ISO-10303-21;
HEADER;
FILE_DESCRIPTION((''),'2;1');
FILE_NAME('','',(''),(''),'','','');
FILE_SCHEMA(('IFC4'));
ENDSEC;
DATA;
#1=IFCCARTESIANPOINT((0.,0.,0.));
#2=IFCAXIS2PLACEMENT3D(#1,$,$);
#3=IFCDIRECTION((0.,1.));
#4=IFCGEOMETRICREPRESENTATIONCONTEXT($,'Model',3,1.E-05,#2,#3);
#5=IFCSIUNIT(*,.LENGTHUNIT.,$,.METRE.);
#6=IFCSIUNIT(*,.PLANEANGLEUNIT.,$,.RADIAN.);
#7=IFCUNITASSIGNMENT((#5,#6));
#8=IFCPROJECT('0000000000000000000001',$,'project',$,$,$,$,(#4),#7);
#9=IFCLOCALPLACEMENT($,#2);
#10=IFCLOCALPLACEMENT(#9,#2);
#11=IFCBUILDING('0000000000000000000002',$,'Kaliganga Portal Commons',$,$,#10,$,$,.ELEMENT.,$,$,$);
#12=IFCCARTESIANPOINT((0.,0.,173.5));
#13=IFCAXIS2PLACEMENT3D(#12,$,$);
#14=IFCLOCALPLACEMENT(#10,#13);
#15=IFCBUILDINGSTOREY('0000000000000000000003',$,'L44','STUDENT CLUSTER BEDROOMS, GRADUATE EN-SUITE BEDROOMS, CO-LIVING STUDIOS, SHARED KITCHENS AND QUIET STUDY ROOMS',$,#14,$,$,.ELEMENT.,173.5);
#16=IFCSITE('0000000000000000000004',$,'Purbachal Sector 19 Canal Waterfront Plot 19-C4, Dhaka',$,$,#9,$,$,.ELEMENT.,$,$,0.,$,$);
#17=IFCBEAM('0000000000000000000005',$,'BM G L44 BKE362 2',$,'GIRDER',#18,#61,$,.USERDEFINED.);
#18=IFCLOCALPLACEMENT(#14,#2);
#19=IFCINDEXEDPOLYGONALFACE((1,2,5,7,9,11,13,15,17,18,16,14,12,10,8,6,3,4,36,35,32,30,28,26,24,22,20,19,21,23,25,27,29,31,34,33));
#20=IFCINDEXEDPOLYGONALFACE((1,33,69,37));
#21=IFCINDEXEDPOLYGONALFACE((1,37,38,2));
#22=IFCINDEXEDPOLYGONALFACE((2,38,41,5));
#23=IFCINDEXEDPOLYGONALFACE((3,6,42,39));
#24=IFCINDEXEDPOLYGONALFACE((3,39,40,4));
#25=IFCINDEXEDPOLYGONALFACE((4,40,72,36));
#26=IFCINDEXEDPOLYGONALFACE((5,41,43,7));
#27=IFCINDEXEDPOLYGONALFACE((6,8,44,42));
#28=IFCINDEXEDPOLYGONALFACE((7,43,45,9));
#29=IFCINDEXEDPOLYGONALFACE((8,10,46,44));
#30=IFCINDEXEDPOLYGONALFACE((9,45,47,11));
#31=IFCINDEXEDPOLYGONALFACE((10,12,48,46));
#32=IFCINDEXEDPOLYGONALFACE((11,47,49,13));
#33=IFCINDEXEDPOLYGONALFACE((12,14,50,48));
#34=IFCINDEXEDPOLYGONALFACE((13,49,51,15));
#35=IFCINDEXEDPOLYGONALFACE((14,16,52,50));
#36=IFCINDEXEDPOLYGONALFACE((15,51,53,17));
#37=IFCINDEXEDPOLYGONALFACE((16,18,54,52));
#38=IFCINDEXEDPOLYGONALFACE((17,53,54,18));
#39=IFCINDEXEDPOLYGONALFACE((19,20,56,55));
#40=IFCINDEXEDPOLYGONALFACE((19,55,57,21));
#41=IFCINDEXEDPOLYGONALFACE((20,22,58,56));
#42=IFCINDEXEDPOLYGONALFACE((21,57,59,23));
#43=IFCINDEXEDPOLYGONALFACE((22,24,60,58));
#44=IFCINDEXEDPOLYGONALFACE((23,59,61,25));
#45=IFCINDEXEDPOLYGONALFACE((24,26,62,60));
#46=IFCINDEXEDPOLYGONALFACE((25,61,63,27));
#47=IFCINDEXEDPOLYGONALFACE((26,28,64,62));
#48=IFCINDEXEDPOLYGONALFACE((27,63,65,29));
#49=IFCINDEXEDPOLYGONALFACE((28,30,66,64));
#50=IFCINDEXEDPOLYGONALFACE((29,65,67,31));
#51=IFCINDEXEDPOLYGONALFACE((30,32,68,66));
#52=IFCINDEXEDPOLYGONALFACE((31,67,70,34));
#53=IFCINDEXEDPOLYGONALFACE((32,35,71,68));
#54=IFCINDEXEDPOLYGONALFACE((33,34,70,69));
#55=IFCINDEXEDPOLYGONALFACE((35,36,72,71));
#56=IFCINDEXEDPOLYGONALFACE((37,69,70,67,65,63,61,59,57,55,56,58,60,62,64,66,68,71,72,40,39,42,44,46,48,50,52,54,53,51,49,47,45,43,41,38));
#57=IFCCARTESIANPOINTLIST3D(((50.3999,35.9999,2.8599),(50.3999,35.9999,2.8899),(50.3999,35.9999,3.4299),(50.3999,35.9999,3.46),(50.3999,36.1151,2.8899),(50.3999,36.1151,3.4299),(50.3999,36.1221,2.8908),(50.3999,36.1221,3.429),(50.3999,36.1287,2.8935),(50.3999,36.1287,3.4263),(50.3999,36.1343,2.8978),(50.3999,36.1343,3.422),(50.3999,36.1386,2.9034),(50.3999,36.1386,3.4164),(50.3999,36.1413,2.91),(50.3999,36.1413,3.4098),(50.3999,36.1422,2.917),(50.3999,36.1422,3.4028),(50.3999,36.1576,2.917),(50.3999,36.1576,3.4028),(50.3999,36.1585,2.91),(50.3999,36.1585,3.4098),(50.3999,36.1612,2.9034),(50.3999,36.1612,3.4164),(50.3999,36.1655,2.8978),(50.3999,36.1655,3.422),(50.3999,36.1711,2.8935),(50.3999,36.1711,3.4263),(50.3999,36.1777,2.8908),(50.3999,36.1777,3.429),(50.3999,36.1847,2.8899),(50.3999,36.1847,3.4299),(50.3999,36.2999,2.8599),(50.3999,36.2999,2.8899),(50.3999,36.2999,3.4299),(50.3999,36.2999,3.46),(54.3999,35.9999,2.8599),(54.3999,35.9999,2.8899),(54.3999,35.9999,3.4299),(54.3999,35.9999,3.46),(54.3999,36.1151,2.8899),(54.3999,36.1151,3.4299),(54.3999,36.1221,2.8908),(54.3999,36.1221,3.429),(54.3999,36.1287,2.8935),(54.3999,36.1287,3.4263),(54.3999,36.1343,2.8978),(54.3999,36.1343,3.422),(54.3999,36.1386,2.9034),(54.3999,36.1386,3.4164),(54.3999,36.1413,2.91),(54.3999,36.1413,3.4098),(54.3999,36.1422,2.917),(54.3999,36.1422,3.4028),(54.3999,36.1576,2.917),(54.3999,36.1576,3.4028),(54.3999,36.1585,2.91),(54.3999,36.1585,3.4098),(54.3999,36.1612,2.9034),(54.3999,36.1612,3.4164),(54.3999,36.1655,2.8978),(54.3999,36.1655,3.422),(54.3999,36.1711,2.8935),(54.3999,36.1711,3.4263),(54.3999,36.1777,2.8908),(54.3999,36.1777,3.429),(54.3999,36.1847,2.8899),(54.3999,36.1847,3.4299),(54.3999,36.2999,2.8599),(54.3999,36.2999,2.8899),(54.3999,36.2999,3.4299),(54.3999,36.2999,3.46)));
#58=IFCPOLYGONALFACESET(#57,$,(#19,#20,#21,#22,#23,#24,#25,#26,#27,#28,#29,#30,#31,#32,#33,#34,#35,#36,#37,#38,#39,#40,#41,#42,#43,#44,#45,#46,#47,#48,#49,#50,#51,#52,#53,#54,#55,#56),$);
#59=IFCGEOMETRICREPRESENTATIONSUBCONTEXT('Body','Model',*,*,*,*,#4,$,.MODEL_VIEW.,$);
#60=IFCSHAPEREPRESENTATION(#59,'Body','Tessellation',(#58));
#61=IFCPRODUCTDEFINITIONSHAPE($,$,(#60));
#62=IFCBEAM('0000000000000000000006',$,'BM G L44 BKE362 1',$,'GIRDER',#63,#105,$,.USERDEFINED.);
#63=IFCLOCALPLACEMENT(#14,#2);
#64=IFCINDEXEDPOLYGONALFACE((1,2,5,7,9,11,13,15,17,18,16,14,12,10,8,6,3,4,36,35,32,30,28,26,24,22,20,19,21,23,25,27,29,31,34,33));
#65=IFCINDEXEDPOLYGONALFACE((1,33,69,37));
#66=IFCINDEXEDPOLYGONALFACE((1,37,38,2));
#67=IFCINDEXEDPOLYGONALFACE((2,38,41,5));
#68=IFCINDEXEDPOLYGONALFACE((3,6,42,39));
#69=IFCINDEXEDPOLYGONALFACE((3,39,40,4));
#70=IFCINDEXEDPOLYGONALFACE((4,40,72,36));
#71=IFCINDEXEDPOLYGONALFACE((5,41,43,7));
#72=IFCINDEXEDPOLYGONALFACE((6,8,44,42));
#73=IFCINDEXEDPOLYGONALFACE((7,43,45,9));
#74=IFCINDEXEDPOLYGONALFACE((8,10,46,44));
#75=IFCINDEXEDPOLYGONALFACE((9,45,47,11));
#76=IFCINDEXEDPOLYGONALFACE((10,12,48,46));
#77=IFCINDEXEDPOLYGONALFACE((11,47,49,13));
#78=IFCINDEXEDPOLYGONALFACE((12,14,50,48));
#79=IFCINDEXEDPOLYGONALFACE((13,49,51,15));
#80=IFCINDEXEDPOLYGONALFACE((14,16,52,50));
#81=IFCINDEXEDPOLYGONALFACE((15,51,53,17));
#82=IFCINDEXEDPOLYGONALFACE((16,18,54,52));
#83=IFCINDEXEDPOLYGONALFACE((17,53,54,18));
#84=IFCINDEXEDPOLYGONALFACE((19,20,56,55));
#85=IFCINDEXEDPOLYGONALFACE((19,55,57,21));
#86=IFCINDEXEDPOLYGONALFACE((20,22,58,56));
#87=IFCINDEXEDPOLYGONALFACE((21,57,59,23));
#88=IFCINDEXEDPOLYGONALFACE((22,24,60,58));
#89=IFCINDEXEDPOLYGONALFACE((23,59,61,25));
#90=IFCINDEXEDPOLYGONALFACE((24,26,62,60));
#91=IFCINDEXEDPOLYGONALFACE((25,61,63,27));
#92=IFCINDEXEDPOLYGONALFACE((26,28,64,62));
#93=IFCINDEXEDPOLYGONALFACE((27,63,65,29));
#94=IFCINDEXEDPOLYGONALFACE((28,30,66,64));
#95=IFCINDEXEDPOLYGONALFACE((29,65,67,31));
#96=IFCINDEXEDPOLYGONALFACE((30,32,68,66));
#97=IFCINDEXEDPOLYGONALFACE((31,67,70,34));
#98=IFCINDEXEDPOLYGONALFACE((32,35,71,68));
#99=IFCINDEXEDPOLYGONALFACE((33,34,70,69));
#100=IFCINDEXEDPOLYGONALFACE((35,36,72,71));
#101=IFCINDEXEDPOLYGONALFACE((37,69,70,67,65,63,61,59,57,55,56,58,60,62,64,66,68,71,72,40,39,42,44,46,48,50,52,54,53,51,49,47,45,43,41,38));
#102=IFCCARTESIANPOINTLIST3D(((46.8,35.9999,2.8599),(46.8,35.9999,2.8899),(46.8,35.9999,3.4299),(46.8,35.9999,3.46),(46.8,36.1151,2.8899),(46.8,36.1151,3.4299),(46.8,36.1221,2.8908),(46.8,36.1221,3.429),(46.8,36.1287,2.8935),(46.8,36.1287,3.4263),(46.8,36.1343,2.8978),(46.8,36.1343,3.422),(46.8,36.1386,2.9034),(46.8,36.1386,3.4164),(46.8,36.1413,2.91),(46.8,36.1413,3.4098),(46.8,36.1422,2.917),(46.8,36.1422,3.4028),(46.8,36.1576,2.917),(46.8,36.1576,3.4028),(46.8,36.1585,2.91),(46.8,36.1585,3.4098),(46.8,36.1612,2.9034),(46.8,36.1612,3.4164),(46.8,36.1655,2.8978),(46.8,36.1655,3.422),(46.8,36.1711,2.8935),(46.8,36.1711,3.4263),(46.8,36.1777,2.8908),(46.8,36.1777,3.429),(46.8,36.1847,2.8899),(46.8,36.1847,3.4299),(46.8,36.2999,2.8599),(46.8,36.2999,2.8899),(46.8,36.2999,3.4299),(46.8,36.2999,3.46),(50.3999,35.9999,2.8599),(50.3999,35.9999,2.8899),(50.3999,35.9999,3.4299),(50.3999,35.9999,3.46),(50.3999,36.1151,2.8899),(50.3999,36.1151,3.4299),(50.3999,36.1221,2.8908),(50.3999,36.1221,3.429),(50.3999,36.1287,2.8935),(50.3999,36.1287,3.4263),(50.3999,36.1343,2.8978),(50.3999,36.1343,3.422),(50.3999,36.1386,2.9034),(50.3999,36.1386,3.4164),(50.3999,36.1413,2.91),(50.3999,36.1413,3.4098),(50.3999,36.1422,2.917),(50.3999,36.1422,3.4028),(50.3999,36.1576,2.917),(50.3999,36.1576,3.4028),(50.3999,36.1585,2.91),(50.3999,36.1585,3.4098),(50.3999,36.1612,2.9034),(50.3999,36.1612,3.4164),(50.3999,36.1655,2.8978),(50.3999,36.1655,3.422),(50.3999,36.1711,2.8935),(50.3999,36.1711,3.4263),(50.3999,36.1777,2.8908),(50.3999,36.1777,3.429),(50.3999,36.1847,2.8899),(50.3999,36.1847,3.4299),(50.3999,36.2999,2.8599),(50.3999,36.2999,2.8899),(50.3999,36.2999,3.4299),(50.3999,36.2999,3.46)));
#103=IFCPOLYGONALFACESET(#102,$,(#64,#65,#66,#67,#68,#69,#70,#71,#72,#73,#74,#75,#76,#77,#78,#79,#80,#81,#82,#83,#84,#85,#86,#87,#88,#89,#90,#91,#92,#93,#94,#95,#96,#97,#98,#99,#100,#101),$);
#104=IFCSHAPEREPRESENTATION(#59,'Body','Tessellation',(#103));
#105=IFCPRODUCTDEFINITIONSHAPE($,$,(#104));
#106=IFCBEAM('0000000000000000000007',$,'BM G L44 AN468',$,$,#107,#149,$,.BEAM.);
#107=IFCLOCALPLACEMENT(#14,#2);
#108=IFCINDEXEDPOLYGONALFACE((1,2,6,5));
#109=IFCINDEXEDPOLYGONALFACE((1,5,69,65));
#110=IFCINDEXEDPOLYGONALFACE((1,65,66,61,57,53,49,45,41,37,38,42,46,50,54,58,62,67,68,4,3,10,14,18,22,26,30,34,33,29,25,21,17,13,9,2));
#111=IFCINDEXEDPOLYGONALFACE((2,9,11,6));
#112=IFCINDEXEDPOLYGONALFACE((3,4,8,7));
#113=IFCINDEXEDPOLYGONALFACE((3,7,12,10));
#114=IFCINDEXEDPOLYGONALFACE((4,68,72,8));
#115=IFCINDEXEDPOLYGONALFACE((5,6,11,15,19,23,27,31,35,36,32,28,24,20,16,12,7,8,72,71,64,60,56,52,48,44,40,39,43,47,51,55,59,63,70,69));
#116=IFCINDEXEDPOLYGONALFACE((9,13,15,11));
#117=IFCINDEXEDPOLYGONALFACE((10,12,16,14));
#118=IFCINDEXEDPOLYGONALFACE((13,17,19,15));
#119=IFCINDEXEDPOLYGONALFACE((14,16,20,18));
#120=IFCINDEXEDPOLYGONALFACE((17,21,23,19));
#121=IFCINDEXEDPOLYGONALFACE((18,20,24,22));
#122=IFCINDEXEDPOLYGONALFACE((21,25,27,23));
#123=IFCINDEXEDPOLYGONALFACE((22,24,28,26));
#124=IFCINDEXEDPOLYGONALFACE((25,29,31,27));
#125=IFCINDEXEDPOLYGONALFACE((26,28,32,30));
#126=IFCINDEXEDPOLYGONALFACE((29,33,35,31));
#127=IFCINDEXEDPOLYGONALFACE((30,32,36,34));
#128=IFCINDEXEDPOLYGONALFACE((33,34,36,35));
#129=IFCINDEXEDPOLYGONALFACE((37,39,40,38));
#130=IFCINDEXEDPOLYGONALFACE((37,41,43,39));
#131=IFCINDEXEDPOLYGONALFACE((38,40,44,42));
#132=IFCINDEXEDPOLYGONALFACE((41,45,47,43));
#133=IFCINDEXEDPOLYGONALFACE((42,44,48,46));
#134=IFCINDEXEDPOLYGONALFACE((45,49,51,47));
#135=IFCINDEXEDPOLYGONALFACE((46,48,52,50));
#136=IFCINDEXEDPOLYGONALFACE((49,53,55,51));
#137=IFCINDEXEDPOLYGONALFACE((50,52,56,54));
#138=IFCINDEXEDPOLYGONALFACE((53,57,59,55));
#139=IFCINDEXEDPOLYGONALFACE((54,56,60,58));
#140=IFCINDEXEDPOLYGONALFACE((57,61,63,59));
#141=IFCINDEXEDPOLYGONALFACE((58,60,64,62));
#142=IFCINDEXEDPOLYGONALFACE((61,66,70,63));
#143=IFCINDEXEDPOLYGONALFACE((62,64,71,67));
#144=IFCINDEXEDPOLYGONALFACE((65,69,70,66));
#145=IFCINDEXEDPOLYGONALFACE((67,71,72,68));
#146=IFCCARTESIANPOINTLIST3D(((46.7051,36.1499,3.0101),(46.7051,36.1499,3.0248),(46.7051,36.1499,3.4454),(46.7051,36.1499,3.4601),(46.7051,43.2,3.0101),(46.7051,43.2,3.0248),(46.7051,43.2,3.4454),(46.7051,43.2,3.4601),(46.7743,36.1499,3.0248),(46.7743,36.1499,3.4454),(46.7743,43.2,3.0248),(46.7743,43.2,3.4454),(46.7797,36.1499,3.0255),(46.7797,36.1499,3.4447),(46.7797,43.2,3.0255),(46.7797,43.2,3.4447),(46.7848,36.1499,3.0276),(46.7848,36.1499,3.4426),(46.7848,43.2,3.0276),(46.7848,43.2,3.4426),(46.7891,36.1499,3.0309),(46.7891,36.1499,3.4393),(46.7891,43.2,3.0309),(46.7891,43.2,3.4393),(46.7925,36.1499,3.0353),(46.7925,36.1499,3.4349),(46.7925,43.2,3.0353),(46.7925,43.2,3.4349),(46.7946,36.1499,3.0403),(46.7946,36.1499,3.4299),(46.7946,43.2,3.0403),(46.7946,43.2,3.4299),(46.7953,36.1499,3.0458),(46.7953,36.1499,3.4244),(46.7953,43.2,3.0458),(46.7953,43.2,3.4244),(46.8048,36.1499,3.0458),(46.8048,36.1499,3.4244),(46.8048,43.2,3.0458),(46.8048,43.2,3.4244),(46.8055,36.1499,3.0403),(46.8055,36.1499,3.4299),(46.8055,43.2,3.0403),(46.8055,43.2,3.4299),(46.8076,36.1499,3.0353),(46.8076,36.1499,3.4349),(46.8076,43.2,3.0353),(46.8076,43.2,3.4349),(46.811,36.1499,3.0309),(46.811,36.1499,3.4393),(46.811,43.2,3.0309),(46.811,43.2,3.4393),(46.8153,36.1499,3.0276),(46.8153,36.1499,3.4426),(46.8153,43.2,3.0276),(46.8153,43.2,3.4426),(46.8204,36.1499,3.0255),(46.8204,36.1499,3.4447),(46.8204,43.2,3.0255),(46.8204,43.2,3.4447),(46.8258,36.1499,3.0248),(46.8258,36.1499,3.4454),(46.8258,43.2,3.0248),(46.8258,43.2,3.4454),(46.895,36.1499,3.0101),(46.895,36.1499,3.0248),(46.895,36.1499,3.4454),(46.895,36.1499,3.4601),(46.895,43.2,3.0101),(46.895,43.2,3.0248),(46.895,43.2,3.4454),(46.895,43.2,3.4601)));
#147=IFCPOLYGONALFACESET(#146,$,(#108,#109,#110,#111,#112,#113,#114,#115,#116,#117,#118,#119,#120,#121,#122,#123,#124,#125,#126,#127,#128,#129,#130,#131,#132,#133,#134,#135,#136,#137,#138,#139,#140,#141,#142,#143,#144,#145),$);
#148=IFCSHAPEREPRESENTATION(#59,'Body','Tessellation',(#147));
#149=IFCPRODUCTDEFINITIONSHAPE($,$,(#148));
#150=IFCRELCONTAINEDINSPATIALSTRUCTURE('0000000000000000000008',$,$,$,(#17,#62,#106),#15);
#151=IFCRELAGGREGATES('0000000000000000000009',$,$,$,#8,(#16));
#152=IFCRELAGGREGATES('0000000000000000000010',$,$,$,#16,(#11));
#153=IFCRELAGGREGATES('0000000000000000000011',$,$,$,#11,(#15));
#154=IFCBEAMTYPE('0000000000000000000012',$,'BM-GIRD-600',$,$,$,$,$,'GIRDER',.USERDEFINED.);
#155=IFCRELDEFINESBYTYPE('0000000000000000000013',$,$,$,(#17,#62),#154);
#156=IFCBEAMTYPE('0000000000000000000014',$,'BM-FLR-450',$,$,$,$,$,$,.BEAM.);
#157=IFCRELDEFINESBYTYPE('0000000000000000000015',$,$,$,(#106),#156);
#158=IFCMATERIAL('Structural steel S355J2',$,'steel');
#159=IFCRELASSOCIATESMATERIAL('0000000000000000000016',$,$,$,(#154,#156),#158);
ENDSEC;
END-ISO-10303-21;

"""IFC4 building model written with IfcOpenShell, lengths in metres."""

from ifc_helpers import new_model, si_unit, direction, frame, origin, origin_2d, place, context, subcontext, project, spatial, i_section, extrude, source, transform, mapped, material, material_profile, profile_set, type_object, element, save


model = new_model("IFC4")

# Units and contexts
model_context = context("Model", 3, precision=1e-05, world=origin(), true_north=direction((0.0, 1.0)))
body_context = subcontext(model_context, "Body", "Model", "MODEL_VIEW")
ifc_project = project(units=[si_unit("LENGTHUNIT", "METRE"), si_unit("PLANEANGLEUNIT", "RADIAN")], contexts=[model_context])

# Site, building, storey
site_placement = place(None, origin())
site = spatial("IfcSite", under=ifc_project, at=site_placement, Name="Purbachal Sector 19 Canal Waterfront Plot 19-C4, Dhaka", CompositionType="ELEMENT", RefElevation=0.0)
building_placement = place(site_placement, origin())
building = spatial("IfcBuilding", under=site, at=building_placement, Name="Kaliganga Portal Commons", CompositionType="ELEMENT")
storey_placement = place(building_placement, frame((0.0, 0.0, 173.5)))
storey = spatial("IfcBuildingStorey", under=building, at=storey_placement, Name="L44", Description="STUDENT CLUSTER BEDROOMS, GRADUATE EN-SUITE BEDROOMS, CO-LIVING STUDIOS, SHARED KITCHENS AND QUIET STUDY ROOMS", CompositionType="ELEMENT", Elevation=173.5)

# Beams
ifc_material_1 = material(Name="Structural steel S355J2", Category="steel")
ifc_material_profile_1 = material_profile(ifc_material_1, i_section(OverallWidth=0.3, OverallDepth=0.6001, WebThickness=0.0154, FlangeThickness=0.03, FilletRadius=0.0271, at=origin_2d()), Name="HE 600 B")
ifc_profile_set_1 = profile_set([ifc_material_profile_1], Name="Structural steel S355J2 wide-flange")
beam_type_1 = type_object("IfcBeamType", Name="BM-GIRD-600", ElementType="GIRDER", PredefinedType="USERDEFINED", material=ifc_profile_set_1)
shared_shape_1 = source(origin(), body_context, "Body", "SweptSolid", [
    extrude(i_section(OverallWidth=0.3, OverallDepth=0.6001, WebThickness=0.0154, FlangeThickness=0.03, FilletRadius=0.0271, at=origin_2d()), origin(), (0.0, 0.0, 1.0), 4.0),
])
for number, where, z_axis, x_axis, name in (
    (1, (50.3999, 36.1499, 3.1599), (1.0, 0.0, 0.0), (0.0, 1.0, 0.0), "BM G L44 BKE362 2"),
):
    element("IfcBeam", number, at=place(storey_placement, frame(where, z_axis=z_axis, x_axis=x_axis)), inside=storey, type_object=beam_type_1, Name=name, ObjectType="GIRDER", PredefinedType="USERDEFINED", context=body_context, shape_type="MappedRepresentation", body=[
        mapped(shared_shape_1, transform((0.0, 0.0, 0.0), x_axis=(1.0, 0.0, 0.0), y_axis=(0.0, 1.0, 0.0), z_axis=(0.0, 0.0, 1.0), scale=1.0)),
    ])
shared_shape_2 = source(origin(), body_context, "Body", "SweptSolid", [
    extrude(i_section(OverallWidth=0.3, OverallDepth=0.6001, WebThickness=0.0154, FlangeThickness=0.03, FilletRadius=0.0271, at=origin_2d()), origin(), (0.0, 0.0, 1.0), 3.5999),
])
beam_1_placement = place(storey_placement, frame((46.8, 36.1499, 3.1599), z_axis=(1.0, 0.0, 0.0), x_axis=(0.0, 1.0, 0.0)))
element("IfcBeam", 2, at=beam_1_placement, inside=storey, type_object=beam_type_1, Name="BM G L44 BKE362 1", ObjectType="GIRDER", PredefinedType="USERDEFINED", context=body_context, shape_type="MappedRepresentation", body=[
    mapped(shared_shape_2, transform((0.0, 0.0, 0.0), x_axis=(1.0, 0.0, 0.0), y_axis=(0.0, 1.0, 0.0), z_axis=(0.0, 0.0, 1.0), scale=1.0)),
])
ifc_material_profile_2 = material_profile(ifc_material_1, i_section(OverallWidth=0.1899, OverallDepth=0.45, WebThickness=0.0095, FlangeThickness=0.0146, FilletRadius=0.021, at=origin_2d()), Name="IPE 450")
ifc_profile_set_2 = profile_set([ifc_material_profile_2], Name="Structural steel S355J2 wide-flange")
beam_type_2 = type_object("IfcBeamType", Name="BM-FLR-450", PredefinedType="BEAM", material=ifc_profile_set_2)
shared_shape_3 = source(origin(), body_context, "Body", "SweptSolid", [
    extrude(i_section(OverallWidth=0.1899, OverallDepth=0.45, WebThickness=0.0095, FlangeThickness=0.0146, FilletRadius=0.021, at=origin_2d()), origin(), (0.0, 0.0, 1.0), 7.05),
])
beam_2_placement = place(storey_placement, frame((46.8, 36.1499, 3.2351), z_axis=(0.0, 1.0, 0.0), x_axis=(-1.0, 0.0, 0.0)))
element("IfcBeam", 3, at=beam_2_placement, inside=storey, type_object=beam_type_2, Name="BM G L44 AN468", PredefinedType="BEAM", context=body_context, shape_type="MappedRepresentation", body=[
    mapped(shared_shape_3, transform((0.0, 0.0, 0.0), x_axis=(1.0, 0.0, 0.0), y_axis=(0.0, 1.0, 0.0), z_axis=(0.0, 0.0, 1.0), scale=1.0)),
])

save(model, "model.ifc")
